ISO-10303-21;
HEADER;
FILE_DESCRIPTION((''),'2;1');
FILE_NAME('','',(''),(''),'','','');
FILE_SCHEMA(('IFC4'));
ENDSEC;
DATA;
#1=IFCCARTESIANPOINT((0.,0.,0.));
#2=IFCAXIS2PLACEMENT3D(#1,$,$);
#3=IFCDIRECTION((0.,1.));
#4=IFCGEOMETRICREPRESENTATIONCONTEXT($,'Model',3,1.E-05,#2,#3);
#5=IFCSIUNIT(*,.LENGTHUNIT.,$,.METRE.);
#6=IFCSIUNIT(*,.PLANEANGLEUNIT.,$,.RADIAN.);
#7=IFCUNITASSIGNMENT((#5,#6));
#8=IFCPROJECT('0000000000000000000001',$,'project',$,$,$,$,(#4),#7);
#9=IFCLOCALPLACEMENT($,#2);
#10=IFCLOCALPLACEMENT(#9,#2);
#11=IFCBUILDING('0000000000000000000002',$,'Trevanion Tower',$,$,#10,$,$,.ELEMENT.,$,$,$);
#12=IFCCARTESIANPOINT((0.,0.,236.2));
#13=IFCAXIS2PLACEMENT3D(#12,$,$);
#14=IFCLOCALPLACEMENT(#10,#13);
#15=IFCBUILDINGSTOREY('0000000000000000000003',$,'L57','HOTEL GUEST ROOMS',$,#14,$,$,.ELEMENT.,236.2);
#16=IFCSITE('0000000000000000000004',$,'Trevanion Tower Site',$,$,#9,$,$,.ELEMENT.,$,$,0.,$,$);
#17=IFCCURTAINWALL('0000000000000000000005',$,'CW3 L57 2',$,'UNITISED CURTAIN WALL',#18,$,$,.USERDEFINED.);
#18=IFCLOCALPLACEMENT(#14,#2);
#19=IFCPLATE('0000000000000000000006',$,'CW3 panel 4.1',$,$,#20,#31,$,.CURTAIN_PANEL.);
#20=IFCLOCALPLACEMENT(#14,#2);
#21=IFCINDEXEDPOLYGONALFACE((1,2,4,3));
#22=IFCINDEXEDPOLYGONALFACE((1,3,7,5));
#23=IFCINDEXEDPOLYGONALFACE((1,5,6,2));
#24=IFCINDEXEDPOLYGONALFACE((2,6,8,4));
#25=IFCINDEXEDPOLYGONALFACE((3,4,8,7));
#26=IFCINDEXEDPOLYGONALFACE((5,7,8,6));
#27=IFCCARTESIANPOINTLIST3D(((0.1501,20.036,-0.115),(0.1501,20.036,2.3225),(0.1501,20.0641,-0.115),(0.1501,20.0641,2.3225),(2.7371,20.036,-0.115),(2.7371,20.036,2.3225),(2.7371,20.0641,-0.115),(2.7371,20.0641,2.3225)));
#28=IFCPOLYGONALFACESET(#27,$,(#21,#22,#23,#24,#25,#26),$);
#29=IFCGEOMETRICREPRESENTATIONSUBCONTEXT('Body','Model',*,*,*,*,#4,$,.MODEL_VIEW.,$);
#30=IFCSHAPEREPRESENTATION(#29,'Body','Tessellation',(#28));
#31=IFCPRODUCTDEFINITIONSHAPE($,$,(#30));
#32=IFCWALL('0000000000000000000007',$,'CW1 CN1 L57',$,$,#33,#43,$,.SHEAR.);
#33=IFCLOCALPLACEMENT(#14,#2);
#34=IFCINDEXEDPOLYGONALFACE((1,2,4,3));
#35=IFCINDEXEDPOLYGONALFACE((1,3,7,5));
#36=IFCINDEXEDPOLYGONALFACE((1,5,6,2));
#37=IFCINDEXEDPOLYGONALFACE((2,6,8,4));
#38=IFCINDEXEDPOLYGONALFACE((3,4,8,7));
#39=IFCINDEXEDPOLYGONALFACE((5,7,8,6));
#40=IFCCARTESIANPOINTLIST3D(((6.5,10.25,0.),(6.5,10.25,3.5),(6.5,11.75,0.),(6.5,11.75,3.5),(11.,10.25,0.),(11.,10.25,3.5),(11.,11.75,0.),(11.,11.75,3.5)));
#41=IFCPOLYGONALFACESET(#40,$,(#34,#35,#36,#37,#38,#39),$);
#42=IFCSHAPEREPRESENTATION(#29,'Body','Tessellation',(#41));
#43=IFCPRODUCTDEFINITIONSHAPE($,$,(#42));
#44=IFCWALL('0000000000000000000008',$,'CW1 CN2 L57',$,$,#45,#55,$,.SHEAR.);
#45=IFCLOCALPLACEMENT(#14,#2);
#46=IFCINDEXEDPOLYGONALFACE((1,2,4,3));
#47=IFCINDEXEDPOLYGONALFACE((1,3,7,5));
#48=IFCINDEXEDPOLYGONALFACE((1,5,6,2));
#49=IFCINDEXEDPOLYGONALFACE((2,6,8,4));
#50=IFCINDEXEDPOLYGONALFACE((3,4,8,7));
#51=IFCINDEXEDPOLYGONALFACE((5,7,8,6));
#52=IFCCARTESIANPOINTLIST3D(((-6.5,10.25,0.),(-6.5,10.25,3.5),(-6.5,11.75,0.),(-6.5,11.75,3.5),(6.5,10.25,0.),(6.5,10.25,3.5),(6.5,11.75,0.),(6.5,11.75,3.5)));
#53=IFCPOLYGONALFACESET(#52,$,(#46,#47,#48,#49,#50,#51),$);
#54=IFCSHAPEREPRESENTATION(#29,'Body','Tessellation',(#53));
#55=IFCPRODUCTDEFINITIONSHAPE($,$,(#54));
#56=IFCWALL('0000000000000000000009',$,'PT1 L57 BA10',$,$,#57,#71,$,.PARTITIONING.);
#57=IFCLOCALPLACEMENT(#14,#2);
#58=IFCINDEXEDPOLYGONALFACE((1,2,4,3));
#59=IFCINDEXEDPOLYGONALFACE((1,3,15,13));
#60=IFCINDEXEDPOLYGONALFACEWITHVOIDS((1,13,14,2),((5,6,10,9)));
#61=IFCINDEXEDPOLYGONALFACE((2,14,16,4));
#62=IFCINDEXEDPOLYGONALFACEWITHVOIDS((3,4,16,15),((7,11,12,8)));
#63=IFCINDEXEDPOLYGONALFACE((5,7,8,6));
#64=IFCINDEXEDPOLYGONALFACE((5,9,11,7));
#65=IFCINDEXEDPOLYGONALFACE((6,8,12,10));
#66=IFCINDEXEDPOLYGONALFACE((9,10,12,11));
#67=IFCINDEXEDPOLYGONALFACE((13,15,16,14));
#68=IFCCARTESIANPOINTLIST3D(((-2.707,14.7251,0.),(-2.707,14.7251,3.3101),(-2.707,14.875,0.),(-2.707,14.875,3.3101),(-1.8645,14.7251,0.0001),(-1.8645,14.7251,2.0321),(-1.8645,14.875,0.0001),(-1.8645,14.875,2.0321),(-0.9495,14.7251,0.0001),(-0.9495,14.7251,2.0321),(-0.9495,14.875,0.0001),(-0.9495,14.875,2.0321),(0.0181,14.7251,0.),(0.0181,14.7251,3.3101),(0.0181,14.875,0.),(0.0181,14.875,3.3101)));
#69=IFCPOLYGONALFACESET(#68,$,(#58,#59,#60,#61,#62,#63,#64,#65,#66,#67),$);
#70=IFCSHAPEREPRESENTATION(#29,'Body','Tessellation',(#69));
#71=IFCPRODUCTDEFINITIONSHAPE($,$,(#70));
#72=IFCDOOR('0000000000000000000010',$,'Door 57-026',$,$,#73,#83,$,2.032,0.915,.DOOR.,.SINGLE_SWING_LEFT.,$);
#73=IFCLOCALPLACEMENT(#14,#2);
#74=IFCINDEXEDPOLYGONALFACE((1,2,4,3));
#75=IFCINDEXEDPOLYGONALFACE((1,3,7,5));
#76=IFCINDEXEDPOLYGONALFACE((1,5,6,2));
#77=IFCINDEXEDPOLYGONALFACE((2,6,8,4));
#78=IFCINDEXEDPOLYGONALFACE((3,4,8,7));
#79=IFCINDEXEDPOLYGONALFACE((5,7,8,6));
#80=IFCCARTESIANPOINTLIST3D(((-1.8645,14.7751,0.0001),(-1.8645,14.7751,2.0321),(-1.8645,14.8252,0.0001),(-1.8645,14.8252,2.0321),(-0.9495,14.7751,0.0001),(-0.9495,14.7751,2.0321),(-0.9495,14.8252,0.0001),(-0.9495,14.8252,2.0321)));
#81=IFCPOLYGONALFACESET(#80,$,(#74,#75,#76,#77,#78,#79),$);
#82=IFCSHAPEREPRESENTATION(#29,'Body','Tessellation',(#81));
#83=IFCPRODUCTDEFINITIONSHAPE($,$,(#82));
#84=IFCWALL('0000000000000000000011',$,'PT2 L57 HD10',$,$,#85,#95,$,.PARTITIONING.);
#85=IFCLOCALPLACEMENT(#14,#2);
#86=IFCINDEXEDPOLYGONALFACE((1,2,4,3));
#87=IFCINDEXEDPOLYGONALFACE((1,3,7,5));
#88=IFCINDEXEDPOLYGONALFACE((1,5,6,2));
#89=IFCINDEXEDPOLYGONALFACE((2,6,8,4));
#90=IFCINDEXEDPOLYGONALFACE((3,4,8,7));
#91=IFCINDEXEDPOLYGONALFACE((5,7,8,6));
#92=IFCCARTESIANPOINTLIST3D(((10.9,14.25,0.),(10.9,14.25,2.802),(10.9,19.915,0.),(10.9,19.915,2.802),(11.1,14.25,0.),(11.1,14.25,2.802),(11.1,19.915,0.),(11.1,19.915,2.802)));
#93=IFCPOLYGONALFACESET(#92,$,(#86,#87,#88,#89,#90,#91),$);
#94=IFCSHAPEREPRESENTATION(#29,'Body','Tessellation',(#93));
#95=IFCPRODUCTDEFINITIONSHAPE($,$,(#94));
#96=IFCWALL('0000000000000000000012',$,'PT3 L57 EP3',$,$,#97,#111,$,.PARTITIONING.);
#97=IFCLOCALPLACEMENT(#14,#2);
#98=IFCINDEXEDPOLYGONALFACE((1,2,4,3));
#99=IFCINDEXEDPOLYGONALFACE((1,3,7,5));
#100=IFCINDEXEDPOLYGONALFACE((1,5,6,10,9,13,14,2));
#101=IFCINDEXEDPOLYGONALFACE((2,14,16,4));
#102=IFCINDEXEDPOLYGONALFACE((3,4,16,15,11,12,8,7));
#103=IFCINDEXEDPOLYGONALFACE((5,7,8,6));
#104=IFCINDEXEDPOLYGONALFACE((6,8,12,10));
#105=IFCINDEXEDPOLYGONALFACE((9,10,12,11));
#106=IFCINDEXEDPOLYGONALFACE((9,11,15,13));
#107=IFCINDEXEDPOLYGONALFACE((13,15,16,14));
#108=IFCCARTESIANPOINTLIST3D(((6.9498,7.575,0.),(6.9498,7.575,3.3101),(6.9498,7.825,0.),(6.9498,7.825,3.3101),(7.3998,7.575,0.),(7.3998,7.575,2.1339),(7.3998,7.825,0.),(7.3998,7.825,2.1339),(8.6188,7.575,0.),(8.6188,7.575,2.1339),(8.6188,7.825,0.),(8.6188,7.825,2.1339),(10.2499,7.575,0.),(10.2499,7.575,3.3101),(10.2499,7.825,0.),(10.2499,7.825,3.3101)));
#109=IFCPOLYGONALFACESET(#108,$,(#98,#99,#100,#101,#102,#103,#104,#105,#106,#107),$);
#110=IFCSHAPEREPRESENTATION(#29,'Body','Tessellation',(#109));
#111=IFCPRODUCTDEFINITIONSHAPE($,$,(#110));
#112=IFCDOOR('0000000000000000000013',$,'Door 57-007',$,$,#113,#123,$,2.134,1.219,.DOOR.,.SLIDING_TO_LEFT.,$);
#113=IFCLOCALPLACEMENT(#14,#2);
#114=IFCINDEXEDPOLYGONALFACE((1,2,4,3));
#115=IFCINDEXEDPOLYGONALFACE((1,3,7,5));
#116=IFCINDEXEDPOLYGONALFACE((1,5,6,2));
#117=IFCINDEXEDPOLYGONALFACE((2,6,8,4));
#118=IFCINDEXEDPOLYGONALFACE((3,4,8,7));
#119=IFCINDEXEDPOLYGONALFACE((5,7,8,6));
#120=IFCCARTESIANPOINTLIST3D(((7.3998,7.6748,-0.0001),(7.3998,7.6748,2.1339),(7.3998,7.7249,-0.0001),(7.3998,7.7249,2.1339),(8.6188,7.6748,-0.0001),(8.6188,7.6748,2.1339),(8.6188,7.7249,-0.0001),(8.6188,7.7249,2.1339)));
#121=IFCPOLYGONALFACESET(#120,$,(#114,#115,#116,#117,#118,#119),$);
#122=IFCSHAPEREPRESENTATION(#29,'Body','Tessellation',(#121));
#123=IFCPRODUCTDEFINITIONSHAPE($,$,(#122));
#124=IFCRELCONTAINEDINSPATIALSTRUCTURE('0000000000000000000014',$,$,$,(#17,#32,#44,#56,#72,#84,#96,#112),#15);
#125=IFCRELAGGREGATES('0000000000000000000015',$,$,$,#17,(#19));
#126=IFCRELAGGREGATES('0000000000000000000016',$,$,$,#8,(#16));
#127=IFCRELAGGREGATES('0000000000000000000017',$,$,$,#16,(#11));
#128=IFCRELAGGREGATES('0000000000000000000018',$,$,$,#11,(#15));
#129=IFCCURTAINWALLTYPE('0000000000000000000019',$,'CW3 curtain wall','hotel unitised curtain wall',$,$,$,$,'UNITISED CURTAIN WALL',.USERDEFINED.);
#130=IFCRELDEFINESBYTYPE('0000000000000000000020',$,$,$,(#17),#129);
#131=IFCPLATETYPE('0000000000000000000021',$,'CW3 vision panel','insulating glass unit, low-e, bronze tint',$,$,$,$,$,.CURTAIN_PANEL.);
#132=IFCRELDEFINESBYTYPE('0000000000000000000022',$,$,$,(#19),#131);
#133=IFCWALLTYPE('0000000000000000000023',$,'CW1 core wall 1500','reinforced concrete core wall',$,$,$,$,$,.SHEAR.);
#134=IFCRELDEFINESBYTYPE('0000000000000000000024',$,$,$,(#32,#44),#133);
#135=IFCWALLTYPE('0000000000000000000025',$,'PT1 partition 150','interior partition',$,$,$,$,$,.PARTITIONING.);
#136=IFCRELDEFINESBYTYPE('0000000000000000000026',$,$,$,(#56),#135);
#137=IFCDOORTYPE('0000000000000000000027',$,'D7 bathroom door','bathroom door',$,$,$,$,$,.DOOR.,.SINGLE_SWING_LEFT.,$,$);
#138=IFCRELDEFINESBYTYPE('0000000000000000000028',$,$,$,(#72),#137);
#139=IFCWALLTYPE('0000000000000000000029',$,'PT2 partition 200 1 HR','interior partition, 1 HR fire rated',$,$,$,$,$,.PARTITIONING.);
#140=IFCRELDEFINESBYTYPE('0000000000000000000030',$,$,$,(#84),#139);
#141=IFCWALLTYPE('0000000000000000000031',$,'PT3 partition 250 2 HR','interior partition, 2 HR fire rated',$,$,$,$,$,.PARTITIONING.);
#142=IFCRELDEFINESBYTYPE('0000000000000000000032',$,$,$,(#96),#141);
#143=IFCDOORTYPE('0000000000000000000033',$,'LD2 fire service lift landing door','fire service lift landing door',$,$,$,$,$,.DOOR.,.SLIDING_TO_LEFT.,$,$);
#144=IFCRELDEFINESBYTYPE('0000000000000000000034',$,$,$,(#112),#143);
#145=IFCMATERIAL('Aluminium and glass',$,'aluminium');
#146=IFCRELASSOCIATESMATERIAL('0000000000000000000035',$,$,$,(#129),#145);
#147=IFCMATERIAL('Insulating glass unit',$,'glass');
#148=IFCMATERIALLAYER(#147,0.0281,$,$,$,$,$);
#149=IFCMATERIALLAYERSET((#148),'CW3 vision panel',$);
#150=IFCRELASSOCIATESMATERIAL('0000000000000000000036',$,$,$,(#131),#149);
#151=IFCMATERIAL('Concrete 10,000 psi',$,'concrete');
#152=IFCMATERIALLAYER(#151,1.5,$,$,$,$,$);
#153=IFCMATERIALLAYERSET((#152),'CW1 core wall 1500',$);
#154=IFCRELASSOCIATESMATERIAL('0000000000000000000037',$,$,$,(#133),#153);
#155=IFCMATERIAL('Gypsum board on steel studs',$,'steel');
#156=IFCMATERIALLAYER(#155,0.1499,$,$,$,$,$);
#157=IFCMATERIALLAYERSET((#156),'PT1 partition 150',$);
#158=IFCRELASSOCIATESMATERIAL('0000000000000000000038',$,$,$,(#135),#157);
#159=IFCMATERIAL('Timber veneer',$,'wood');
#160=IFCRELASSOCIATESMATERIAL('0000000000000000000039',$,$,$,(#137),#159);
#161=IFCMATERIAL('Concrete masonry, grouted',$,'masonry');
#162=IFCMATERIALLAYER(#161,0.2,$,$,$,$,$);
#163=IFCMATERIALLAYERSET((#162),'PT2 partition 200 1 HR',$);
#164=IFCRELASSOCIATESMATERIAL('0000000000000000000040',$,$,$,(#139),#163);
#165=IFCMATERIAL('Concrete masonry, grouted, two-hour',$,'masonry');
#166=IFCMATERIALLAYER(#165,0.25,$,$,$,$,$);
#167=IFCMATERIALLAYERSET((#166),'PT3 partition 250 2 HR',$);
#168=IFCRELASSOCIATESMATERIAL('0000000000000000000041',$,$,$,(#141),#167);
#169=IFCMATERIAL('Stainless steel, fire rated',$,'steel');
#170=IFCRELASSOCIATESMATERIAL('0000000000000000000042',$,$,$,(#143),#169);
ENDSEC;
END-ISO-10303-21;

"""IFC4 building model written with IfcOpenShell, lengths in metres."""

from ifc_helpers import new_model, si_unit, direction, frame, frame_2d, origin, origin_2d, place, context, subcontext, project, spatial, rectangle, extrude, material, layer, layer_set, type_object, element, fill, aggregate, save


model = new_model("IFC4")

# Units and contexts
model_context = context("Model", 3, precision=1e-05, world=origin(), true_north=direction((0.0, 1.0)))
body_context = subcontext(model_context, "Body", "Model", "MODEL_VIEW")
ifc_project = project(units=[si_unit("LENGTHUNIT", "METRE"), si_unit("PLANEANGLEUNIT", "RADIAN")], contexts=[model_context])

# Site, building, storey
site_placement = place(None, origin())
site = spatial("IfcSite", under=ifc_project, at=site_placement, Name="Trevanion Tower Site", CompositionType="ELEMENT", RefElevation=0.0)
building_placement = place(site_placement, origin())
building = spatial("IfcBuilding", under=site, at=building_placement, Name="Trevanion Tower", CompositionType="ELEMENT")
storey_placement = place(building_placement, frame((0.0, 0.0, 236.2)))
storey = spatial("IfcBuildingStorey", under=building, at=storey_placement, Name="L57", Description="HOTEL GUEST ROOMS", CompositionType="ELEMENT", Elevation=236.2)

# Curtain wall
ifc_material_1 = material(Name="Aluminium and glass", Category="aluminium")
curtain_wall_type = type_object("IfcCurtainWallType", Name="CW3 curtain wall", Description="hotel unitised curtain wall", ElementType="UNITISED CURTAIN WALL", PredefinedType="USERDEFINED", material=ifc_material_1)
curtain_wall_placement = place(storey_placement, origin())
curtain_wall = element("IfcCurtainWall", 1, at=curtain_wall_placement, inside=storey, type_object=curtain_wall_type, Name="CW3 L57 2", ObjectType="UNITISED CURTAIN WALL", PredefinedType="USERDEFINED")

# Plate
ifc_material_2 = material(Name="Insulating glass unit", Category="glass")
ifc_layer_1 = layer(ifc_material_2, 0.0281)
ifc_layer_set_1 = layer_set([ifc_layer_1], Name="CW3 vision panel")
plate_type_1 = type_object("IfcPlateType", Name="CW3 vision panel", Description="insulating glass unit, low-e, bronze tint", PredefinedType="CURTAIN_PANEL", material=ifc_layer_set_1)
plate_1_placement = place(storey_placement, frame((1.4436, 20.05, -0.115), z_axis=(0.0, 0.0, 1.0), x_axis=(-1.0, 0.0, 0.0)))
plate_1 = element("IfcPlate", 2, at=plate_1_placement, type_object=plate_type_1, Name="CW3 panel 4.1", PredefinedType="CURTAIN_PANEL", context=body_context, shape_type="SweptSolid", body=[
    extrude(rectangle(XDim=2.5869, YDim=0.0281, at=origin_2d()), origin(), (0.0, 0.0, 1.0), 2.4375),
])
aggregate(curtain_wall, [plate_1])

# Walls
ifc_material_3 = material(Name="Concrete 10,000 psi", Category="concrete")
ifc_layer_2 = layer(ifc_material_3, 1.5)
ifc_layer_set_2 = layer_set([ifc_layer_2], Name="CW1 core wall 1500")
wall_type_1 = type_object("IfcWallType", Name="CW1 core wall 1500", Description="reinforced concrete core wall", PredefinedType="SHEAR", material=ifc_layer_set_2)
wall_1_placement = place(storey_placement, frame((11.0, 11.0, 0.0), z_axis=(0.0, 0.0, 1.0), x_axis=(-1.0, 0.0, 0.0)))
element("IfcWall", 3, at=wall_1_placement, inside=storey, type_object=wall_type_1, Name="CW1 CN1 L57", PredefinedType="SHEAR", context=body_context, shape_type="SweptSolid", body=[
    extrude(rectangle(XDim=4.5, YDim=1.5, at=frame_2d((2.25, 0.0))), origin(), (0.0, 0.0, 1.0), 3.5),
])
wall_2_placement = place(storey_placement, frame((6.5, 11.0, 0.0), z_axis=(0.0, 0.0, 1.0), x_axis=(-1.0, 0.0, 0.0)))
element("IfcWall", 4, at=wall_2_placement, inside=storey, type_object=wall_type_1, Name="CW1 CN2 L57", PredefinedType="SHEAR", context=body_context, shape_type="SweptSolid", body=[
    extrude(rectangle(XDim=13.0, YDim=1.5, at=frame_2d((6.5, 0.0))), origin(), (0.0, 0.0, 1.0), 3.5),
])

# Wall, opening, door
ifc_material_4 = material(Name="Gypsum board on steel studs", Category="steel")
ifc_layer_3 = layer(ifc_material_4, 0.1499)
ifc_layer_set_3 = layer_set([ifc_layer_3], Name="PT1 partition 150")
wall_type_2 = type_object("IfcWallType", Name="PT1 partition 150", Description="interior partition", PredefinedType="PARTITIONING", material=ifc_layer_set_3)
wall_3_placement = place(storey_placement, frame((0.0181, 14.8, 0.0), z_axis=(0.0, 0.0, 1.0), x_axis=(-1.0, 0.0, 0.0)))
wall_3 = element("IfcWall", 5, at=wall_3_placement, inside=storey, type_object=wall_type_2, Name="PT1 L57 BA10", PredefinedType="PARTITIONING", context=body_context, shape_type="SweptSolid", body=[
    extrude(rectangle(XDim=2.7251, YDim=0.1499, at=frame_2d((1.3625, 0.0))), origin(), (0.0, 0.0, 1.0), 3.3101),
])
opening_1_placement = place(wall_3_placement, frame((0.9675, 0.0, 0.0)))
opening_1 = element("IfcOpeningElement", 6, at=opening_1_placement, cuts=wall_3, PredefinedType="OPENING", context=body_context, shape_type="SweptSolid", body=[
    extrude(rectangle(XDim=0.915, YDim=2.032, at=frame_2d((0.4575, 1.0161))), frame((0.0, 0.085, 0.0), z_axis=(0.0, -1.0, 0.0), x_axis=(1.0, 0.0, 0.0)), (0.0, 0.0, 1.0), 0.1699),
])
ifc_material_5 = material(Name="Timber veneer", Category="wood")
door_type_1 = type_object("IfcDoorType", Name="D7 bathroom door", Description="bathroom door", OperationType="SINGLE_SWING_LEFT", PredefinedType="DOOR", material=ifc_material_5)
door_1_placement = place(opening_1_placement, origin())
door_1 = element("IfcDoor", 7, at=door_1_placement, inside=storey, type_object=door_type_1, Name="Door 57-026", OperationType="SINGLE_SWING_LEFT", OverallHeight=2.032, OverallWidth=0.915, PredefinedType="DOOR", context=body_context, shape_type="SweptSolid", body=[
    extrude(rectangle(XDim=0.915, YDim=2.032, at=frame_2d((0.4575, 1.0161))), frame((0.0, 0.0249, 0.0), z_axis=(0.0, -1.0, 0.0), x_axis=(1.0, 0.0, 0.0)), (0.0, 0.0, 1.0), 0.05),
])
fill(opening_1, door_1)

# Wall
ifc_material_6 = material(Name="Concrete masonry, grouted", Category="masonry")
ifc_layer_4 = layer(ifc_material_6, 0.2)
ifc_layer_set_4 = layer_set([ifc_layer_4], Name="PT2 partition 200 1 HR")
wall_type_3 = type_object("IfcWallType", Name="PT2 partition 200 1 HR", Description="interior partition, 1 HR fire rated", PredefinedType="PARTITIONING", material=ifc_layer_set_4)
wall_4_placement = place(storey_placement, frame((11.0, 14.25, 0.0), z_axis=(0.0, 0.0, 1.0), x_axis=(0.0, 1.0, 0.0)))
element("IfcWall", 8, at=wall_4_placement, inside=storey, type_object=wall_type_3, Name="PT2 L57 HD10", PredefinedType="PARTITIONING", context=body_context, shape_type="SweptSolid", body=[
    extrude(rectangle(XDim=5.665, YDim=0.2, at=frame_2d((2.8325, 0.0))), origin(), (0.0, 0.0, 1.0), 2.802),
])

# Wall, opening, door
ifc_material_7 = material(Name="Concrete masonry, grouted, two-hour", Category="masonry")
ifc_layer_5 = layer(ifc_material_7, 0.25)
ifc_layer_set_5 = layer_set([ifc_layer_5], Name="PT3 partition 250 2 HR")
wall_type_4 = type_object("IfcWallType", Name="PT3 partition 250 2 HR", Description="interior partition, 2 HR fire rated", PredefinedType="PARTITIONING", material=ifc_layer_set_5)
wall_5_placement = place(storey_placement, frame((6.95, 7.7, 0.0), z_axis=(0.0, 0.0, 1.0), x_axis=(1.0, 0.0, 0.0)))
wall_5 = element("IfcWall", 9, at=wall_5_placement, inside=storey, type_object=wall_type_4, Name="PT3 L57 EP3", PredefinedType="PARTITIONING", context=body_context, shape_type="SweptSolid", body=[
    extrude(rectangle(XDim=3.3, YDim=0.25, at=frame_2d((1.6499, 0.0))), origin(), (0.0, 0.0, 1.0), 3.3101),
])
opening_2_placement = place(wall_5_placement, frame((0.45, 0.0, 0.0)))
opening_2 = element("IfcOpeningElement", 10, at=opening_2_placement, cuts=wall_5, PredefinedType="OPENING", context=body_context, shape_type="SweptSolid", body=[
    extrude(rectangle(XDim=1.219, YDim=2.134, at=frame_2d((0.6094, 1.0669))), frame((0.0, 0.135, 0.0), z_axis=(0.0, -1.0, 0.0), x_axis=(1.0, 0.0, 0.0)), (0.0, 0.0, 1.0), 0.27),
])
ifc_material_8 = material(Name="Stainless steel, fire rated", Category="steel")
door_type_2 = type_object("IfcDoorType", Name="LD2 fire service lift landing door", Description="fire service lift landing door", OperationType="SLIDING_TO_LEFT", PredefinedType="DOOR", material=ifc_material_8)
door_2_placement = place(opening_2_placement, origin())
door_2 = element("IfcDoor", 11, at=door_2_placement, inside=storey, type_object=door_type_2, Name="Door 57-007", OperationType="SLIDING_TO_LEFT", OverallHeight=2.134, OverallWidth=1.219, PredefinedType="DOOR", context=body_context, shape_type="SweptSolid", body=[
    extrude(rectangle(XDim=1.219, YDim=2.134, at=frame_2d((0.6094, 1.0669))), frame((0.0, 0.0249, 0.0), z_axis=(0.0, -1.0, 0.0), x_axis=(1.0, 0.0, 0.0)), (0.0, 0.0, 1.0), 0.05),
])
fill(opening_2, door_2)

save(model, "model.ifc")
